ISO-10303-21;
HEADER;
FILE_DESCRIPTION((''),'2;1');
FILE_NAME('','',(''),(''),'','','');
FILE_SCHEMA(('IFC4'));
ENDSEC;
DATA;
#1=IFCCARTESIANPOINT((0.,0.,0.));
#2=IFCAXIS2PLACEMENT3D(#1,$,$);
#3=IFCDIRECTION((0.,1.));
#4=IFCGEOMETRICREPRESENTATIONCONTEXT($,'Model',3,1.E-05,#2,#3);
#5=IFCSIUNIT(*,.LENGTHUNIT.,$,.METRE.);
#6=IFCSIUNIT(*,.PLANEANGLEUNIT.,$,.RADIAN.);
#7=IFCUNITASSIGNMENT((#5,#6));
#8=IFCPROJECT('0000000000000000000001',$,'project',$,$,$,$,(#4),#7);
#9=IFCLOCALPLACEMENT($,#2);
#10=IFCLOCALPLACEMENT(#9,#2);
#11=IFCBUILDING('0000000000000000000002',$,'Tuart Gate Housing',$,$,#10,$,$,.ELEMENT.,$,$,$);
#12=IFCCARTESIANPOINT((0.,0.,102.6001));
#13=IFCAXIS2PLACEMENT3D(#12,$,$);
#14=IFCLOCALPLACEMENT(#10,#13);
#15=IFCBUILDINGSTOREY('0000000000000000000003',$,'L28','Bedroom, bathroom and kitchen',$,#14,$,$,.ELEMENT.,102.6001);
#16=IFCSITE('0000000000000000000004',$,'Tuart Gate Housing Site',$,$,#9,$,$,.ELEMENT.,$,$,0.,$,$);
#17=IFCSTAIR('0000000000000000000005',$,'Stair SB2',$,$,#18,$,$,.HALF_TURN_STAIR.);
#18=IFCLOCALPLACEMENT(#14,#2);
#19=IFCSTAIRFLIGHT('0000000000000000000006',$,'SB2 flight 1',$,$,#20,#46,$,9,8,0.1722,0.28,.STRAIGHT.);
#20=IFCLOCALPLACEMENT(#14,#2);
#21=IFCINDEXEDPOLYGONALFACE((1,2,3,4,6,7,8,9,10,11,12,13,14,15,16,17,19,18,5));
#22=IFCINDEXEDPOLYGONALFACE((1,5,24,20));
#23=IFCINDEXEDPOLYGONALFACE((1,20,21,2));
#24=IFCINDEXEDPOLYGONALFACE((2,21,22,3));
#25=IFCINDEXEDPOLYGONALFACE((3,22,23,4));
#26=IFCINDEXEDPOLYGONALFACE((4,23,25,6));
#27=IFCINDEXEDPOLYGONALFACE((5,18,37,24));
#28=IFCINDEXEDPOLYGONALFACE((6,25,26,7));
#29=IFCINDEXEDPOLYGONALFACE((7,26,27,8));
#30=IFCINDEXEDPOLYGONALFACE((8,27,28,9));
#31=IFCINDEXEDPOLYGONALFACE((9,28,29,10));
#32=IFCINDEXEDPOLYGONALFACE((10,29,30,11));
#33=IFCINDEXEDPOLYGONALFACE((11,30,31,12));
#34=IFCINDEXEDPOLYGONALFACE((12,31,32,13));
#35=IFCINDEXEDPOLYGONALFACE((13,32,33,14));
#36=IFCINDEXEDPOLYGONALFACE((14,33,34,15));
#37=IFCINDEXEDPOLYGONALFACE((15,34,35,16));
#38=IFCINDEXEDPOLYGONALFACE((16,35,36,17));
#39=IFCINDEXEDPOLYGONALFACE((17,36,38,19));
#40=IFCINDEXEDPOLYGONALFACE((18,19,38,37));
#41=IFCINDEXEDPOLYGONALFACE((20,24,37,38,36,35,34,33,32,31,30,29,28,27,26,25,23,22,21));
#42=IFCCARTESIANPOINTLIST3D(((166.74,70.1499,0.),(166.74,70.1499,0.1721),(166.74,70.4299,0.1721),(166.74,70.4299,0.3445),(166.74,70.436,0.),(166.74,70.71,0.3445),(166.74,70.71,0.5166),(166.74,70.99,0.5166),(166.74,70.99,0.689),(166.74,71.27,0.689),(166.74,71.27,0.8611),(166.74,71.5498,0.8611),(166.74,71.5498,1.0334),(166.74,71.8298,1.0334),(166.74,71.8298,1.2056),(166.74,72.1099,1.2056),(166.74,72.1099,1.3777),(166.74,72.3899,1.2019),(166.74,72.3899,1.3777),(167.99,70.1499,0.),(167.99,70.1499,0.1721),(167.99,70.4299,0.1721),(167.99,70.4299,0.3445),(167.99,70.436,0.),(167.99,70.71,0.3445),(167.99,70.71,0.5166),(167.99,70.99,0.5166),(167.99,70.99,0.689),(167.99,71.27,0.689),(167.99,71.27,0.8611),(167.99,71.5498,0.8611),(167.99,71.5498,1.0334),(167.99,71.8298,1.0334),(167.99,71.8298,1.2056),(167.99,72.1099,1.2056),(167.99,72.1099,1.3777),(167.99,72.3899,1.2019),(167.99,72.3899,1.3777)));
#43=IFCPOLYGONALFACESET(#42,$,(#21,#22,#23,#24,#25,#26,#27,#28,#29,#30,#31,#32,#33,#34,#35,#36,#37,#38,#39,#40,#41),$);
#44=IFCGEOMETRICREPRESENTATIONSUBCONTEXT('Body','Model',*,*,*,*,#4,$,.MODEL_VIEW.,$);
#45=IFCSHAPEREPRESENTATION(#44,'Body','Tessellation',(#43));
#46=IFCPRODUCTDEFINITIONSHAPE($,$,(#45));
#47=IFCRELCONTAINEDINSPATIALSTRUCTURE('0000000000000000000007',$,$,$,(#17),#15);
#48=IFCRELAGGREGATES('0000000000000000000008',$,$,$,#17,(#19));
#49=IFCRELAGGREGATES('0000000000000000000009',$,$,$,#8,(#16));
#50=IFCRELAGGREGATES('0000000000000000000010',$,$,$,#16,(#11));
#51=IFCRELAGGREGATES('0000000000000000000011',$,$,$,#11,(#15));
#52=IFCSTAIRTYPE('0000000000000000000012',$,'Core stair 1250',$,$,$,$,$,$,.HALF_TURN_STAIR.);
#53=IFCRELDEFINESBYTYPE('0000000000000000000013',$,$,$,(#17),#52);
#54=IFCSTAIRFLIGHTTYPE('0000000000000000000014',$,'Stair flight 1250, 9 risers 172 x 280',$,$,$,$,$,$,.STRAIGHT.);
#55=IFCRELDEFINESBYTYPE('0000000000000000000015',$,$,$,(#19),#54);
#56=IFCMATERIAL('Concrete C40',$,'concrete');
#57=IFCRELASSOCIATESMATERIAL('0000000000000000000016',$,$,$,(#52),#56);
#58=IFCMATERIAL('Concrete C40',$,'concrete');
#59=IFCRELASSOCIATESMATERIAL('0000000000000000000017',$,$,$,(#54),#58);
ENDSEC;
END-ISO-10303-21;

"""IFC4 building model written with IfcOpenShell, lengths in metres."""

from ifc_helpers import new_model, si_unit, direction, frame, origin, place, context, subcontext, project, spatial, polyline, outline, extrude, material, type_object, element, aggregate, save


model = new_model("IFC4")

# Units and contexts
model_context = context("Model", 3, precision=1e-05, world=origin(), true_north=direction((0.0, 1.0)))
body_context = subcontext(model_context, "Body", "Model", "MODEL_VIEW")
ifc_project = project(units=[si_unit("LENGTHUNIT", "METRE"), si_unit("PLANEANGLEUNIT", "RADIAN")], contexts=[model_context])

# Site, building, storey
site_placement = place(None, origin())
site = spatial("IfcSite", under=ifc_project, at=site_placement, Name="Tuart Gate Housing Site", CompositionType="ELEMENT", RefElevation=0.0)
building_placement = place(site_placement, origin())
building = spatial("IfcBuilding", under=site, at=building_placement, Name="Tuart Gate Housing", CompositionType="ELEMENT")
storey_placement = place(building_placement, frame((0.0, 0.0, 102.6001)))
storey = spatial("IfcBuildingStorey", under=building, at=storey_placement, Name="L28", Description="Bedroom, bathroom and kitchen", CompositionType="ELEMENT", Elevation=102.6001)

# Stair, stair flight
ifc_material_1 = material(Name="Concrete C40", Category="concrete")
stair_type = type_object("IfcStairType", Name="Core stair 1250", PredefinedType="HALF_TURN_STAIR", material=ifc_material_1)
stair_placement = place(storey_placement, origin())
stair = element("IfcStair", 1, at=stair_placement, inside=storey, type_object=stair_type, Name="Stair SB2", PredefinedType="HALF_TURN_STAIR")
ifc_material_2 = material(Name="Concrete C40", Category="concrete")
stair_flight_type = type_object("IfcStairFlightType", Name="Stair flight 1250, 9 risers 172 x 280", PredefinedType="STRAIGHT", material=ifc_material_2)
stair_flight_placement = place(storey_placement, frame((167.365, 70.1499, 0.0), z_axis=(0.0, 0.0, 1.0), x_axis=(0.0, 1.0, 0.0)))
stair_flight = element("IfcStairFlight", 2, at=stair_flight_placement, type_object=stair_flight_type, Name="SB2 flight 1", NumberOfRisers=9, NumberOfTreads=8, PredefinedType="STRAIGHT", RiserHeight=0.1722, TreadLength=0.28, context=body_context, shape_type="SweptSolid", body=[
    extrude(outline(polyline([(0.0, 0.0), (0.0, 0.1721), (0.28, 0.1721), (0.28, 0.3445), (0.5601, 0.3445), (0.5601, 0.5166), (0.8401, 0.5166), (0.8401, 0.689), (1.1201, 0.689), (1.1201, 0.8611), (1.3999, 0.8611), (1.3999, 1.0334), (1.6799, 1.0334), (1.6799, 1.2056), (1.96, 1.2056), (1.96, 1.3777), (2.24, 1.3777), (2.24, 1.55), (2.24, 1.2019), (0.2861, 0.0), (0.0, 0.0)])), frame((0.0, 0.625, 0.0), z_axis=(0.0, -1.0, 0.0), x_axis=(1.0, 0.0, 0.0)), (0.0, 0.0, 1.0), 1.25),
])
aggregate(stair, [stair_flight])

save(model, "model.ifc")
